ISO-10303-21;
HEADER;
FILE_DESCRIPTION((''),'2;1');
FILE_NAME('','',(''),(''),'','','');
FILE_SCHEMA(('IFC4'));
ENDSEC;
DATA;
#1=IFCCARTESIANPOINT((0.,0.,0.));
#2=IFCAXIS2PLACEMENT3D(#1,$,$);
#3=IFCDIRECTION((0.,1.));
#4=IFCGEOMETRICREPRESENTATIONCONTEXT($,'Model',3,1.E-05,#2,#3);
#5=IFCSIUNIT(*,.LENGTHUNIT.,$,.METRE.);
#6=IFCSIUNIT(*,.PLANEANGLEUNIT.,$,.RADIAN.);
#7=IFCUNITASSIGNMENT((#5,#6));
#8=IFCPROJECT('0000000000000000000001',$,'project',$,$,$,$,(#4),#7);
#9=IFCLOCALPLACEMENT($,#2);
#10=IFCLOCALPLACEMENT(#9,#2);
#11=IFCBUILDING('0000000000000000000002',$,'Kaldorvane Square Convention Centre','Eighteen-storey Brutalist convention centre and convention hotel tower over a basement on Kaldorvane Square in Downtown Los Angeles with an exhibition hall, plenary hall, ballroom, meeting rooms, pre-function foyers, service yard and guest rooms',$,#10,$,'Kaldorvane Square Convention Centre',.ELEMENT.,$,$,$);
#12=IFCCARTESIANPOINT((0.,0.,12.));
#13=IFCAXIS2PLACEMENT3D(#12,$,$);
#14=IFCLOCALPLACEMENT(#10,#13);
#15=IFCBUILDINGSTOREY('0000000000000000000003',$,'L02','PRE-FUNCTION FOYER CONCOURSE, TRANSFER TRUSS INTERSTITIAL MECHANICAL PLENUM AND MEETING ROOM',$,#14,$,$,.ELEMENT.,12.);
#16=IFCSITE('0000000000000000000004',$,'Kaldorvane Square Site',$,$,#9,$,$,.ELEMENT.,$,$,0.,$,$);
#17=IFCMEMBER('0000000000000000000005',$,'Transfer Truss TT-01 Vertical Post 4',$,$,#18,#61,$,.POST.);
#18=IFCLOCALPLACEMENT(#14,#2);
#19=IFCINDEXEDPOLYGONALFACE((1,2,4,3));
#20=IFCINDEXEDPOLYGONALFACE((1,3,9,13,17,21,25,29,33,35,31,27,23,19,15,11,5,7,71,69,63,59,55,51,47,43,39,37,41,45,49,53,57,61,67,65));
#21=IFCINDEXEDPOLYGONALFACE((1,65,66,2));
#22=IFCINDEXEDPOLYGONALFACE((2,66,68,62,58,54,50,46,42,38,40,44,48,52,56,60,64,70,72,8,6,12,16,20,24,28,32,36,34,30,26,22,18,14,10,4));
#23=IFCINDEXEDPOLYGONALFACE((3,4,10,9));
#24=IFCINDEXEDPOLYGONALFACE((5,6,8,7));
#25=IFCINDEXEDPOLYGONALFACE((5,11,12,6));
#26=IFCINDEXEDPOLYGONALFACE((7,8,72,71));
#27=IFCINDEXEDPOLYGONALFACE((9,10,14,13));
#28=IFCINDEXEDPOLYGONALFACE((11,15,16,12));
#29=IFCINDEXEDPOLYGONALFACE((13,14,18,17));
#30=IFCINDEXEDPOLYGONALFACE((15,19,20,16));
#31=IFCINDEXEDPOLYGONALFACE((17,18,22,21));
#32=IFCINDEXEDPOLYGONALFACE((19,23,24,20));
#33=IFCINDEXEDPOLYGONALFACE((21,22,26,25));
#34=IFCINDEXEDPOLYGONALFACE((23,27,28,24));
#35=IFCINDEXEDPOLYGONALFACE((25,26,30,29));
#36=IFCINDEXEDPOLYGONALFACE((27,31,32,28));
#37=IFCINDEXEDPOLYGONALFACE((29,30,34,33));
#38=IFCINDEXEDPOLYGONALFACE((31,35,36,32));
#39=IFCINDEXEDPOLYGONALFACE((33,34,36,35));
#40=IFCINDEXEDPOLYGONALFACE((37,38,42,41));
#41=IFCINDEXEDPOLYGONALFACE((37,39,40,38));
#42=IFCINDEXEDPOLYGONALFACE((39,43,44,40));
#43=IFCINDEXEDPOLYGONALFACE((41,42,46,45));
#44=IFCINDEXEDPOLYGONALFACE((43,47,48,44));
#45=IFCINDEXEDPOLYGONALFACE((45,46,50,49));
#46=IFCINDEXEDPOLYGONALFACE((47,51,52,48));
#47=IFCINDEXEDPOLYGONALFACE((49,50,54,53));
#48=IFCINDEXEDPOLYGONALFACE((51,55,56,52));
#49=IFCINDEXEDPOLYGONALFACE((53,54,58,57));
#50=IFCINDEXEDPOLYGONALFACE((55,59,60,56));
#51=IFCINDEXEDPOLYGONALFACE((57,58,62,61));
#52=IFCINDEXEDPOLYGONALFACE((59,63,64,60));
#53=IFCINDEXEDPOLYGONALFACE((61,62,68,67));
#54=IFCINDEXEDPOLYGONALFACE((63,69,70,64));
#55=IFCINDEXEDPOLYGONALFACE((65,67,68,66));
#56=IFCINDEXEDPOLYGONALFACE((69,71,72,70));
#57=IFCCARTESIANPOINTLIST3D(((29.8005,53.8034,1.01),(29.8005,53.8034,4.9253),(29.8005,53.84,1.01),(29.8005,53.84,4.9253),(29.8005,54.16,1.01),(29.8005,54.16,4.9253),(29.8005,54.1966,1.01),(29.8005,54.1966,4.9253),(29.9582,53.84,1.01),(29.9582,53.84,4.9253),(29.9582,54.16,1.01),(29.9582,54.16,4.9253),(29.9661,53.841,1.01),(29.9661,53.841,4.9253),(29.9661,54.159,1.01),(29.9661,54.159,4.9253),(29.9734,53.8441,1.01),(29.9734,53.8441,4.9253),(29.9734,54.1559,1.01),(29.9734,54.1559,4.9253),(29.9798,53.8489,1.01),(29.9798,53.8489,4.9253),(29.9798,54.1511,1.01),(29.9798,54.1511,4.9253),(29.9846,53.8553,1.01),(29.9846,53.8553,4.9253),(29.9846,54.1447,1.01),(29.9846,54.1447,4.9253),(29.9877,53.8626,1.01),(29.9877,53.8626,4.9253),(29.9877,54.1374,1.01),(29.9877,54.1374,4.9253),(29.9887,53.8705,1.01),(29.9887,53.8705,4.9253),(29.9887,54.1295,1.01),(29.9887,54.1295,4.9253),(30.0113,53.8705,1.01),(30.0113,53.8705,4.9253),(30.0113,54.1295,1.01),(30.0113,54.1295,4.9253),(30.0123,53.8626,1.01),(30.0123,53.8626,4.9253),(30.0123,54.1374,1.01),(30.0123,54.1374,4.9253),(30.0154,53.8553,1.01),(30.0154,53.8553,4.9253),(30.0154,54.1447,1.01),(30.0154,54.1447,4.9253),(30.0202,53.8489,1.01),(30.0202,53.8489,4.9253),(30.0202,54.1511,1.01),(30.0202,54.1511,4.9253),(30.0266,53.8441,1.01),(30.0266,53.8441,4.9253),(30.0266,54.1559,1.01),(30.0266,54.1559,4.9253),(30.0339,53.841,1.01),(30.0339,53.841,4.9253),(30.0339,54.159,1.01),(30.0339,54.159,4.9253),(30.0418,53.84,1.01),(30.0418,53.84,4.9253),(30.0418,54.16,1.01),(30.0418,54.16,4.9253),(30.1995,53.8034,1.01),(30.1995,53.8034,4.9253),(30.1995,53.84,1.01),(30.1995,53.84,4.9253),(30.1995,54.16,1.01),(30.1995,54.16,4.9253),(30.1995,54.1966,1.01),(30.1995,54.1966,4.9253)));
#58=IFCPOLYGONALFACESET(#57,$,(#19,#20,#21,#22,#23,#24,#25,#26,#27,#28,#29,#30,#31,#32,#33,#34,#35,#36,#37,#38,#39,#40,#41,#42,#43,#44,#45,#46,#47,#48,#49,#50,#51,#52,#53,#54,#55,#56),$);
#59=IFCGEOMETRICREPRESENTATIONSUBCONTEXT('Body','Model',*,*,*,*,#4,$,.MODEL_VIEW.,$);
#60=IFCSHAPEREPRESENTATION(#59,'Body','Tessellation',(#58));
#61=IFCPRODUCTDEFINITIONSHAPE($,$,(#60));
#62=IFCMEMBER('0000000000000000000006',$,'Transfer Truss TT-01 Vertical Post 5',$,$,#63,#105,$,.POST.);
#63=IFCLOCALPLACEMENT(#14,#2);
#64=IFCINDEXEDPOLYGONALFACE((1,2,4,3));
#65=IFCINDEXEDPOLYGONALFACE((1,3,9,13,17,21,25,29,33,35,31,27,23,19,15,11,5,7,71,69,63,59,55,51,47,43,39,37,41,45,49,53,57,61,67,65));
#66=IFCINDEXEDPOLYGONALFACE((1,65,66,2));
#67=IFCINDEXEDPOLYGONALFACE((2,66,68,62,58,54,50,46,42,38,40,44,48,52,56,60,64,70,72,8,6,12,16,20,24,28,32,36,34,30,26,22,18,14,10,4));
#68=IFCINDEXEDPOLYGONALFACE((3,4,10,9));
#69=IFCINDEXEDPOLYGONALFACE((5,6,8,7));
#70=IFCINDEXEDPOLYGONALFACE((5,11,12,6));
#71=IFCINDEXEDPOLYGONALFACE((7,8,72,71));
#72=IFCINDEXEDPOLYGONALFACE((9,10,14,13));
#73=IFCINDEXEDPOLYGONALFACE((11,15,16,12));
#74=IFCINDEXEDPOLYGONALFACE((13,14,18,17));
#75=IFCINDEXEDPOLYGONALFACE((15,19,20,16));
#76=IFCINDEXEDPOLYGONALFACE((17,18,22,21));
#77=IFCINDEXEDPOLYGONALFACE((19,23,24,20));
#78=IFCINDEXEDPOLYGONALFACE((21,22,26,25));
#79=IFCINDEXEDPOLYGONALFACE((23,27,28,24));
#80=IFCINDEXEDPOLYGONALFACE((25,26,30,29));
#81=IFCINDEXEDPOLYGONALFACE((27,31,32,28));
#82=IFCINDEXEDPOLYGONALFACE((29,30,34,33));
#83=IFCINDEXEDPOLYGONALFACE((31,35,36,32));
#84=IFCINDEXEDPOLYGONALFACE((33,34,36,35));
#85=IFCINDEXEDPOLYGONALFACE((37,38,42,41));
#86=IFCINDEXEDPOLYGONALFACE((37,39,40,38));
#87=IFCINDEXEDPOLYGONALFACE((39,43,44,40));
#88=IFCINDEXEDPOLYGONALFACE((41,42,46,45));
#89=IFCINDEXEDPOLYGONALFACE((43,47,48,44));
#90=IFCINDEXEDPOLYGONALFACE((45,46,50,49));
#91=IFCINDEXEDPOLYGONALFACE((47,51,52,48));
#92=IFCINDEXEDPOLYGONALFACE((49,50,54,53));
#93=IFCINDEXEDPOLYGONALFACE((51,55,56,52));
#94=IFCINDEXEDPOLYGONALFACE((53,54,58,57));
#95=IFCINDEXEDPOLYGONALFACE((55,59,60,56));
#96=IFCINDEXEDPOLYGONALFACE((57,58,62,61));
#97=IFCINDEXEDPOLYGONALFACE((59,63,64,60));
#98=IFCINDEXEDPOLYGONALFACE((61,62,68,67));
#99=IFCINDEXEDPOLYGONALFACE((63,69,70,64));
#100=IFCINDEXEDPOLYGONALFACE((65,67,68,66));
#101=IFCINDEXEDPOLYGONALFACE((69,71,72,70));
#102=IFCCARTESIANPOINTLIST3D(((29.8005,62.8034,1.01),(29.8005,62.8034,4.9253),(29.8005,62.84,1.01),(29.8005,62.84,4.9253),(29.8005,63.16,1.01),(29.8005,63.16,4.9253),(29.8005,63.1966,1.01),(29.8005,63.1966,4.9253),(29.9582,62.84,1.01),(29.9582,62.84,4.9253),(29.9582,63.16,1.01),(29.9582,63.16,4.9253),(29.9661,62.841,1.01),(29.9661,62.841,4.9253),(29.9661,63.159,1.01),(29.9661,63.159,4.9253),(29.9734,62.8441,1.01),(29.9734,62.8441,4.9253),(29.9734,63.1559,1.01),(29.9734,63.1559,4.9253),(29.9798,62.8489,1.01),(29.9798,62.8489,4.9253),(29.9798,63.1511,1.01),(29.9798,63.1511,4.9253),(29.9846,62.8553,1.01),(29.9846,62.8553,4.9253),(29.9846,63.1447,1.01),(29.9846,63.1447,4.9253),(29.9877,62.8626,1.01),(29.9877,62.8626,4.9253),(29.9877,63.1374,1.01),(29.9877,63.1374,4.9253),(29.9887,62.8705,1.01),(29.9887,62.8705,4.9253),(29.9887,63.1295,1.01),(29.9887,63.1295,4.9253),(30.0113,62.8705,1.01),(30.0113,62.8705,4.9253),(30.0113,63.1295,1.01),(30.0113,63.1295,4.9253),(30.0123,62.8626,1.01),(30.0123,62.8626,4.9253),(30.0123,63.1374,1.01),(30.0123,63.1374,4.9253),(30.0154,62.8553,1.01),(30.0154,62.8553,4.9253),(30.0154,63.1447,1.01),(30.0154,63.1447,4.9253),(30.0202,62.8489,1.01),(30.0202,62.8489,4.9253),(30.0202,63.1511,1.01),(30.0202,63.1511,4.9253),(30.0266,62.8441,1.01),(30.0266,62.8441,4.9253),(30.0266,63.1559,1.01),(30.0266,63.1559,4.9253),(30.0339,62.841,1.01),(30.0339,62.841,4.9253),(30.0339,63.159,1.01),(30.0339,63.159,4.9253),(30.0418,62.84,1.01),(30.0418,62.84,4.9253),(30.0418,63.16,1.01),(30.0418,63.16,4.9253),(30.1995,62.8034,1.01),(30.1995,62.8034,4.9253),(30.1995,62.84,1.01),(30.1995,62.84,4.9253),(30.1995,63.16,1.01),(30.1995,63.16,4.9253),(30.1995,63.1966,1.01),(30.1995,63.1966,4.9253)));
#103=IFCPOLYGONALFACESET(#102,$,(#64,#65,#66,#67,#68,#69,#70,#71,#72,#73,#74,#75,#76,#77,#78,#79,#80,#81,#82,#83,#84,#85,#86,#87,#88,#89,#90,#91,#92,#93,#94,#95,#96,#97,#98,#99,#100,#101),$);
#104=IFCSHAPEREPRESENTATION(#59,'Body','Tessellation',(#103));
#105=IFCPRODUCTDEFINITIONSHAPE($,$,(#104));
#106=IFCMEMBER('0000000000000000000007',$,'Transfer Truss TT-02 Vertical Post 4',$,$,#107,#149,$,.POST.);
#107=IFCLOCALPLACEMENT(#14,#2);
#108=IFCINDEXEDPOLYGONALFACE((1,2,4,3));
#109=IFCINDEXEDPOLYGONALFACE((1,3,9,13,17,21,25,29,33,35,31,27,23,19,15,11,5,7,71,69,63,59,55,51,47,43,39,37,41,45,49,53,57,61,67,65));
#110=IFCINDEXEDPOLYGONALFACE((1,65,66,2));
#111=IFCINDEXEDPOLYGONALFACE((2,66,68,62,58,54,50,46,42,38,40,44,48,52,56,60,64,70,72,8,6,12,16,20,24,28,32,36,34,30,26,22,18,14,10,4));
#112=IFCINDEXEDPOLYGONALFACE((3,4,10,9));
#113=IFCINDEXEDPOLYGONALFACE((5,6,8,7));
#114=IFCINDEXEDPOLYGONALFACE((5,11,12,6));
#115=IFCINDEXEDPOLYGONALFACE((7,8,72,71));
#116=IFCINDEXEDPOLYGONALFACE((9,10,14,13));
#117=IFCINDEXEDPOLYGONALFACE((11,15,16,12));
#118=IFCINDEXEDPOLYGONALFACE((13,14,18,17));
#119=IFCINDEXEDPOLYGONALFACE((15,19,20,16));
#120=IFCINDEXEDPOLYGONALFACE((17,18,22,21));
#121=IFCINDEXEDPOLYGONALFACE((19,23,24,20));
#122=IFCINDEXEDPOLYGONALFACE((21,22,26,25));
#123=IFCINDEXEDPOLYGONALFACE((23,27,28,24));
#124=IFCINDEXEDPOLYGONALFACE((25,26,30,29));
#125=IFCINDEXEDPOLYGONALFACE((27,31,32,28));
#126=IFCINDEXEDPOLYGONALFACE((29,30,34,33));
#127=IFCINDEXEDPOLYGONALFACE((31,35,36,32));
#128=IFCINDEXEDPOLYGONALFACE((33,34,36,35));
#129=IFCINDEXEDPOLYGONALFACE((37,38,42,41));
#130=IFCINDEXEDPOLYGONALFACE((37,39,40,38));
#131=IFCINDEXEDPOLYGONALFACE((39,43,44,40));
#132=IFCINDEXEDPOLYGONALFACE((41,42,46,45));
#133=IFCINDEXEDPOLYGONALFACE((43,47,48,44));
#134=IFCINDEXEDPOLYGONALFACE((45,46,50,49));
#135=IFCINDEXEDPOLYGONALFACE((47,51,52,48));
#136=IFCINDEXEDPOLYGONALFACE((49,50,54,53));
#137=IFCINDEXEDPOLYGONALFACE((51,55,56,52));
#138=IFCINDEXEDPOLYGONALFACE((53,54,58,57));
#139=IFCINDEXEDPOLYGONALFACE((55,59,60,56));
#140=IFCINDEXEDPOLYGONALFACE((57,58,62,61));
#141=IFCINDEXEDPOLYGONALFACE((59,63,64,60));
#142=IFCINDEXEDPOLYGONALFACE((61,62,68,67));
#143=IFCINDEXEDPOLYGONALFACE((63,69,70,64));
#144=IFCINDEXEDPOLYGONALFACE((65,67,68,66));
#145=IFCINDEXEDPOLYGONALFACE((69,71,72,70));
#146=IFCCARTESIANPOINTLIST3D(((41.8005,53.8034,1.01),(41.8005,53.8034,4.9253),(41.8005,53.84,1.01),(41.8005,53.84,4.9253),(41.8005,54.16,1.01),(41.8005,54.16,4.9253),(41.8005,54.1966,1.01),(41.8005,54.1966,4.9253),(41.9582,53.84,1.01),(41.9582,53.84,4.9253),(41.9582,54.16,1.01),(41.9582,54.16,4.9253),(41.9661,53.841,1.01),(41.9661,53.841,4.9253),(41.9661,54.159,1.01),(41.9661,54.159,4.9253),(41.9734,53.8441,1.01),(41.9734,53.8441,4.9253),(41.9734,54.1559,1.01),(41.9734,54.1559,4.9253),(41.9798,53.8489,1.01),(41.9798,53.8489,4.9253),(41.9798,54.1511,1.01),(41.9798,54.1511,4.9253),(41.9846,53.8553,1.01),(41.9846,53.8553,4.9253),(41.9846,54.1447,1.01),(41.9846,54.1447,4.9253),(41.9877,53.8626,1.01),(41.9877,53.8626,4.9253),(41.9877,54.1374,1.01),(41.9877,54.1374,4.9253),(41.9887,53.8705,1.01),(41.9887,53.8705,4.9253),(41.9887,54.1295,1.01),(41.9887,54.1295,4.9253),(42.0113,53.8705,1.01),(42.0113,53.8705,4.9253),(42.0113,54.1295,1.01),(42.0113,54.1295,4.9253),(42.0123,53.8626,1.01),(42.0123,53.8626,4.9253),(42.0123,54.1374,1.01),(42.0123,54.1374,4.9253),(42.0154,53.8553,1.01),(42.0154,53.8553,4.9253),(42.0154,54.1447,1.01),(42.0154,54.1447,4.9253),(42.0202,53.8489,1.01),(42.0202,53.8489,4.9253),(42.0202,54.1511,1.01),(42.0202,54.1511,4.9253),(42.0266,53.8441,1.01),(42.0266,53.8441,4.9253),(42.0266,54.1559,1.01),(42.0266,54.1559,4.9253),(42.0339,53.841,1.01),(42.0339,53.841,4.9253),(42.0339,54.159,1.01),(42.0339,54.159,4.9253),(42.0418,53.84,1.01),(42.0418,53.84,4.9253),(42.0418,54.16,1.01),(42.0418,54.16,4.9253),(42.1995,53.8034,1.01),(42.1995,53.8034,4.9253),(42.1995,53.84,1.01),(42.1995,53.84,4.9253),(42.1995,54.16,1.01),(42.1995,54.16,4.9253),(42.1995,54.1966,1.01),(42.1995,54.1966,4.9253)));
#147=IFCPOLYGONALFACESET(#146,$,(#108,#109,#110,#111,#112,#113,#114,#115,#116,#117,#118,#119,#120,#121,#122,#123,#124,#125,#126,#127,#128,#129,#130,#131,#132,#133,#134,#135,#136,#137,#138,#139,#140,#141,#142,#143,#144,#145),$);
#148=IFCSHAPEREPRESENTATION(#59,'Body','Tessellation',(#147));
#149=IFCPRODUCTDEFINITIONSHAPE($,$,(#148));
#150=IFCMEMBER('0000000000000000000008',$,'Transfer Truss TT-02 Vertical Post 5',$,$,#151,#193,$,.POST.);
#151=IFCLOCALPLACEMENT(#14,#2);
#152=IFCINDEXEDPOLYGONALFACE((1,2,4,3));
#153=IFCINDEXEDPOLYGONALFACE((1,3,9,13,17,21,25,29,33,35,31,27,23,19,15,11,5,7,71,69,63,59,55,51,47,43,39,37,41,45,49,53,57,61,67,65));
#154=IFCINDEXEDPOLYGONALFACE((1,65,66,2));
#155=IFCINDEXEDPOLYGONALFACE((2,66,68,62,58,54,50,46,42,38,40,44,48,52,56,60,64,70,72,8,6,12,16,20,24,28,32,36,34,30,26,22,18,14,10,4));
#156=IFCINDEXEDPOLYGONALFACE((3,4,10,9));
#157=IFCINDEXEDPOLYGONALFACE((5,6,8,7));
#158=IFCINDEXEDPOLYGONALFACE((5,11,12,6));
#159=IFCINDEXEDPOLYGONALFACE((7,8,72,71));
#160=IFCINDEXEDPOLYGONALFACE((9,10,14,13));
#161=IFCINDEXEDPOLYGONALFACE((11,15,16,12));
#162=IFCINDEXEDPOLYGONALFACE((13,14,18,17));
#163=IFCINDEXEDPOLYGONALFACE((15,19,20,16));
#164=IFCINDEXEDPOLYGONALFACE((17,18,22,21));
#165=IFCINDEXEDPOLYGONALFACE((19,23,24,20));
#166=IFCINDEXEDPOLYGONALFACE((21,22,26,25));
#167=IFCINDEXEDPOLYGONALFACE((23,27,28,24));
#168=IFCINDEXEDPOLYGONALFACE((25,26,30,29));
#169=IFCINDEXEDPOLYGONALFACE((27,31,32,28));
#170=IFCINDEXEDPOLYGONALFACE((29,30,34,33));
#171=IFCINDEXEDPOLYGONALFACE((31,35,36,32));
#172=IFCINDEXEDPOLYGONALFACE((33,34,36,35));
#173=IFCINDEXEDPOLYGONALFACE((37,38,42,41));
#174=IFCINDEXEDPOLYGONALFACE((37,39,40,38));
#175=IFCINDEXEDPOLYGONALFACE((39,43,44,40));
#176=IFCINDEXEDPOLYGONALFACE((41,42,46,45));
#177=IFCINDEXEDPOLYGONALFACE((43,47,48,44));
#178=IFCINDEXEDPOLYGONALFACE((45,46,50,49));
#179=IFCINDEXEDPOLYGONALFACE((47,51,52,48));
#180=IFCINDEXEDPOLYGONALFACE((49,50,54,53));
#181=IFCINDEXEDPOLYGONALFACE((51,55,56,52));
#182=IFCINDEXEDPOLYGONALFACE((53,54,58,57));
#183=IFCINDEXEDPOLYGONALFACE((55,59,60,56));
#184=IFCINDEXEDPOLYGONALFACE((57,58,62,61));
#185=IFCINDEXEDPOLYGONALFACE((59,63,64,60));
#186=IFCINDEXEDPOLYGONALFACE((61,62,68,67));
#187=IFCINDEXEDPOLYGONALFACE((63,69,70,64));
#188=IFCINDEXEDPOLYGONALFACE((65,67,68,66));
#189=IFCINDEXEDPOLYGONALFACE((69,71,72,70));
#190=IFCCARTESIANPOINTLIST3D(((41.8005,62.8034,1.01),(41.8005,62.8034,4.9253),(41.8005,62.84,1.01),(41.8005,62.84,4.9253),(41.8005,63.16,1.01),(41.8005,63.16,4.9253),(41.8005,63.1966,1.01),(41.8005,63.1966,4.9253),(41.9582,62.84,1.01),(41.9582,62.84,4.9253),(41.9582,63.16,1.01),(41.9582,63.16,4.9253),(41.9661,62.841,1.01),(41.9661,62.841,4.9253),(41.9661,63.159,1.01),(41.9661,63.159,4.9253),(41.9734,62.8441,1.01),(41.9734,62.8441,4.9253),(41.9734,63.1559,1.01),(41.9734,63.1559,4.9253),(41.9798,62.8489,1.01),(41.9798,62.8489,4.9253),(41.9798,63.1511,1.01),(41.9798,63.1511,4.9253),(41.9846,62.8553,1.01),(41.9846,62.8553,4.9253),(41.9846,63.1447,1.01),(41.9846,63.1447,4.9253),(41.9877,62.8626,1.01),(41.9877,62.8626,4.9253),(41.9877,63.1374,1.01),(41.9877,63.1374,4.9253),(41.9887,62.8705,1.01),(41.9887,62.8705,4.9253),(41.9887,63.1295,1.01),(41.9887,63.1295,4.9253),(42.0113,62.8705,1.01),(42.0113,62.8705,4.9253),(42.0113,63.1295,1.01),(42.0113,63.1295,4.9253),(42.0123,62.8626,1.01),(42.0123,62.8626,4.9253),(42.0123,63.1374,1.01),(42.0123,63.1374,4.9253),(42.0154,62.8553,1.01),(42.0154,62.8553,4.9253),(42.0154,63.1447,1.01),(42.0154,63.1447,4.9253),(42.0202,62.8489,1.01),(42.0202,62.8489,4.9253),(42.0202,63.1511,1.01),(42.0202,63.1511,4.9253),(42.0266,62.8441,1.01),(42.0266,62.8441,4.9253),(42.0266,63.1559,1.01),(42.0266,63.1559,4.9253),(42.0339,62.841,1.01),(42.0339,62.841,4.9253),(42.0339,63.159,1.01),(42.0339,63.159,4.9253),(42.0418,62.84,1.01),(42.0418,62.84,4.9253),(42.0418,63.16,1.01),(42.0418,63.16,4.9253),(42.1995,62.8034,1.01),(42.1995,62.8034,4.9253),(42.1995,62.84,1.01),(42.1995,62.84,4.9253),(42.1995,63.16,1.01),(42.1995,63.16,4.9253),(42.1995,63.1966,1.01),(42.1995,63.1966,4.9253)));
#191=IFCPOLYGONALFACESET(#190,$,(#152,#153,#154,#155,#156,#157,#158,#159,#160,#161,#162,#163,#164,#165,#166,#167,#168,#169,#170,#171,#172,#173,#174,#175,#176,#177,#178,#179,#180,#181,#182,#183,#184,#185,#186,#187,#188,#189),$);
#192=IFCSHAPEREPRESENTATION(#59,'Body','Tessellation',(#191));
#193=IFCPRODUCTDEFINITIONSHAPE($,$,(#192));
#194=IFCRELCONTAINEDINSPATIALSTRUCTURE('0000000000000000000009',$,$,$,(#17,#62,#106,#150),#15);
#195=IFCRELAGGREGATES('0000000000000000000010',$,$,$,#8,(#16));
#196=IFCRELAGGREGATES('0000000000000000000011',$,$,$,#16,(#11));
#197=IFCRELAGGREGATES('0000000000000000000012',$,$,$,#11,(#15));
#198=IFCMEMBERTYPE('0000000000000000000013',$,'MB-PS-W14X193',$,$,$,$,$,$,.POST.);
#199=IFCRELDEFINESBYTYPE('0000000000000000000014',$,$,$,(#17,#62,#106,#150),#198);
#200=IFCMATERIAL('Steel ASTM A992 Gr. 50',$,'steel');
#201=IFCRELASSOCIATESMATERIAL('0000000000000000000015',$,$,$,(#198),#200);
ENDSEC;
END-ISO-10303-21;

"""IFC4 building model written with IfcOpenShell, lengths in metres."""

from ifc_helpers import new_model, si_unit, direction, frame, origin, origin_2d, place, context, subcontext, project, spatial, i_section, extrude, material, material_profile, profile_set, type_object, element, save


model = new_model("IFC4")

# Units and contexts
model_context = context("Model", 3, precision=1e-05, world=origin(), true_north=direction((0.0, 1.0)))
body_context = subcontext(model_context, "Body", "Model", "MODEL_VIEW")
ifc_project = project(units=[si_unit("LENGTHUNIT", "METRE"), si_unit("PLANEANGLEUNIT", "RADIAN")], contexts=[model_context])

# Site, building, storey
site_placement = place(None, origin())
site = spatial("IfcSite", under=ifc_project, at=site_placement, Name="Kaldorvane Square Site", CompositionType="ELEMENT", RefElevation=0.0)
building_placement = place(site_placement, origin())
building = spatial("IfcBuilding", under=site, at=building_placement, Name="Kaldorvane Square Convention Centre", Description="Eighteen-storey Brutalist convention centre and convention hotel tower over a basement on Kaldorvane Square in Downtown Los Angeles with an exhibition hall, plenary hall, ballroom, meeting rooms, pre-function foyers, service yard and guest rooms", LongName="Kaldorvane Square Convention Centre", CompositionType="ELEMENT")
storey_placement = place(building_placement, frame((0.0, 0.0, 12.0)))
storey = spatial("IfcBuildingStorey", under=building, at=storey_placement, Name="L02", Description="PRE-FUNCTION FOYER CONCOURSE, TRANSFER TRUSS INTERSTITIAL MECHANICAL PLENUM AND MEETING ROOM", CompositionType="ELEMENT", Elevation=12.0)

# Shared definitions
ifc_material = material(Name="Steel ASTM A992 Gr. 50", Category="steel")

# Members
ifc_material_profile_1 = material_profile(ifc_material, i_section(OverallWidth=0.399, OverallDepth=0.3932, WebThickness=0.0226, FlangeThickness=0.0366, FilletRadius=0.0305, at=origin_2d()), Name="W14X193")
ifc_profile_set_1 = profile_set([ifc_material_profile_1], Name="Steel ASTM A992 Gr. 50")
member_type_1 = type_object("IfcMemberType", Name="MB-PS-W14X193", PredefinedType="POST", material=ifc_profile_set_1)
for number, where, z_axis, x_axis, name in (
    (1, (30.0, 54.0, 1.01), (0.0, 0.0, 1.0), (1.0, 0.0, 0.0), "Transfer Truss TT-01 Vertical Post 4"),
    (2, (30.0, 63.0, 1.01), (0.0, 0.0, 1.0), (1.0, 0.0, 0.0), "Transfer Truss TT-01 Vertical Post 5"),
    (3, (42.0, 54.0, 1.01), (0.0, 0.0, 1.0), (1.0, 0.0, 0.0), "Transfer Truss TT-02 Vertical Post 4"),
    (4, (42.0, 63.0, 1.01), (0.0, 0.0, 1.0), (1.0, 0.0, 0.0), "Transfer Truss TT-02 Vertical Post 5"),
):
    element("IfcMember", number, at=place(storey_placement, frame(where, z_axis=z_axis, x_axis=x_axis)), inside=storey, type_object=member_type_1, Name=name, PredefinedType="POST", context=body_context, shape_type="SweptSolid", body=[
        extrude(i_section(OverallWidth=0.399, OverallDepth=0.3932, WebThickness=0.0226, FlangeThickness=0.0366, FilletRadius=0.0305, at=origin_2d()), origin(), (0.0, 0.0, 1.0), 3.9153),
    ])

save(model, "model.ifc")
